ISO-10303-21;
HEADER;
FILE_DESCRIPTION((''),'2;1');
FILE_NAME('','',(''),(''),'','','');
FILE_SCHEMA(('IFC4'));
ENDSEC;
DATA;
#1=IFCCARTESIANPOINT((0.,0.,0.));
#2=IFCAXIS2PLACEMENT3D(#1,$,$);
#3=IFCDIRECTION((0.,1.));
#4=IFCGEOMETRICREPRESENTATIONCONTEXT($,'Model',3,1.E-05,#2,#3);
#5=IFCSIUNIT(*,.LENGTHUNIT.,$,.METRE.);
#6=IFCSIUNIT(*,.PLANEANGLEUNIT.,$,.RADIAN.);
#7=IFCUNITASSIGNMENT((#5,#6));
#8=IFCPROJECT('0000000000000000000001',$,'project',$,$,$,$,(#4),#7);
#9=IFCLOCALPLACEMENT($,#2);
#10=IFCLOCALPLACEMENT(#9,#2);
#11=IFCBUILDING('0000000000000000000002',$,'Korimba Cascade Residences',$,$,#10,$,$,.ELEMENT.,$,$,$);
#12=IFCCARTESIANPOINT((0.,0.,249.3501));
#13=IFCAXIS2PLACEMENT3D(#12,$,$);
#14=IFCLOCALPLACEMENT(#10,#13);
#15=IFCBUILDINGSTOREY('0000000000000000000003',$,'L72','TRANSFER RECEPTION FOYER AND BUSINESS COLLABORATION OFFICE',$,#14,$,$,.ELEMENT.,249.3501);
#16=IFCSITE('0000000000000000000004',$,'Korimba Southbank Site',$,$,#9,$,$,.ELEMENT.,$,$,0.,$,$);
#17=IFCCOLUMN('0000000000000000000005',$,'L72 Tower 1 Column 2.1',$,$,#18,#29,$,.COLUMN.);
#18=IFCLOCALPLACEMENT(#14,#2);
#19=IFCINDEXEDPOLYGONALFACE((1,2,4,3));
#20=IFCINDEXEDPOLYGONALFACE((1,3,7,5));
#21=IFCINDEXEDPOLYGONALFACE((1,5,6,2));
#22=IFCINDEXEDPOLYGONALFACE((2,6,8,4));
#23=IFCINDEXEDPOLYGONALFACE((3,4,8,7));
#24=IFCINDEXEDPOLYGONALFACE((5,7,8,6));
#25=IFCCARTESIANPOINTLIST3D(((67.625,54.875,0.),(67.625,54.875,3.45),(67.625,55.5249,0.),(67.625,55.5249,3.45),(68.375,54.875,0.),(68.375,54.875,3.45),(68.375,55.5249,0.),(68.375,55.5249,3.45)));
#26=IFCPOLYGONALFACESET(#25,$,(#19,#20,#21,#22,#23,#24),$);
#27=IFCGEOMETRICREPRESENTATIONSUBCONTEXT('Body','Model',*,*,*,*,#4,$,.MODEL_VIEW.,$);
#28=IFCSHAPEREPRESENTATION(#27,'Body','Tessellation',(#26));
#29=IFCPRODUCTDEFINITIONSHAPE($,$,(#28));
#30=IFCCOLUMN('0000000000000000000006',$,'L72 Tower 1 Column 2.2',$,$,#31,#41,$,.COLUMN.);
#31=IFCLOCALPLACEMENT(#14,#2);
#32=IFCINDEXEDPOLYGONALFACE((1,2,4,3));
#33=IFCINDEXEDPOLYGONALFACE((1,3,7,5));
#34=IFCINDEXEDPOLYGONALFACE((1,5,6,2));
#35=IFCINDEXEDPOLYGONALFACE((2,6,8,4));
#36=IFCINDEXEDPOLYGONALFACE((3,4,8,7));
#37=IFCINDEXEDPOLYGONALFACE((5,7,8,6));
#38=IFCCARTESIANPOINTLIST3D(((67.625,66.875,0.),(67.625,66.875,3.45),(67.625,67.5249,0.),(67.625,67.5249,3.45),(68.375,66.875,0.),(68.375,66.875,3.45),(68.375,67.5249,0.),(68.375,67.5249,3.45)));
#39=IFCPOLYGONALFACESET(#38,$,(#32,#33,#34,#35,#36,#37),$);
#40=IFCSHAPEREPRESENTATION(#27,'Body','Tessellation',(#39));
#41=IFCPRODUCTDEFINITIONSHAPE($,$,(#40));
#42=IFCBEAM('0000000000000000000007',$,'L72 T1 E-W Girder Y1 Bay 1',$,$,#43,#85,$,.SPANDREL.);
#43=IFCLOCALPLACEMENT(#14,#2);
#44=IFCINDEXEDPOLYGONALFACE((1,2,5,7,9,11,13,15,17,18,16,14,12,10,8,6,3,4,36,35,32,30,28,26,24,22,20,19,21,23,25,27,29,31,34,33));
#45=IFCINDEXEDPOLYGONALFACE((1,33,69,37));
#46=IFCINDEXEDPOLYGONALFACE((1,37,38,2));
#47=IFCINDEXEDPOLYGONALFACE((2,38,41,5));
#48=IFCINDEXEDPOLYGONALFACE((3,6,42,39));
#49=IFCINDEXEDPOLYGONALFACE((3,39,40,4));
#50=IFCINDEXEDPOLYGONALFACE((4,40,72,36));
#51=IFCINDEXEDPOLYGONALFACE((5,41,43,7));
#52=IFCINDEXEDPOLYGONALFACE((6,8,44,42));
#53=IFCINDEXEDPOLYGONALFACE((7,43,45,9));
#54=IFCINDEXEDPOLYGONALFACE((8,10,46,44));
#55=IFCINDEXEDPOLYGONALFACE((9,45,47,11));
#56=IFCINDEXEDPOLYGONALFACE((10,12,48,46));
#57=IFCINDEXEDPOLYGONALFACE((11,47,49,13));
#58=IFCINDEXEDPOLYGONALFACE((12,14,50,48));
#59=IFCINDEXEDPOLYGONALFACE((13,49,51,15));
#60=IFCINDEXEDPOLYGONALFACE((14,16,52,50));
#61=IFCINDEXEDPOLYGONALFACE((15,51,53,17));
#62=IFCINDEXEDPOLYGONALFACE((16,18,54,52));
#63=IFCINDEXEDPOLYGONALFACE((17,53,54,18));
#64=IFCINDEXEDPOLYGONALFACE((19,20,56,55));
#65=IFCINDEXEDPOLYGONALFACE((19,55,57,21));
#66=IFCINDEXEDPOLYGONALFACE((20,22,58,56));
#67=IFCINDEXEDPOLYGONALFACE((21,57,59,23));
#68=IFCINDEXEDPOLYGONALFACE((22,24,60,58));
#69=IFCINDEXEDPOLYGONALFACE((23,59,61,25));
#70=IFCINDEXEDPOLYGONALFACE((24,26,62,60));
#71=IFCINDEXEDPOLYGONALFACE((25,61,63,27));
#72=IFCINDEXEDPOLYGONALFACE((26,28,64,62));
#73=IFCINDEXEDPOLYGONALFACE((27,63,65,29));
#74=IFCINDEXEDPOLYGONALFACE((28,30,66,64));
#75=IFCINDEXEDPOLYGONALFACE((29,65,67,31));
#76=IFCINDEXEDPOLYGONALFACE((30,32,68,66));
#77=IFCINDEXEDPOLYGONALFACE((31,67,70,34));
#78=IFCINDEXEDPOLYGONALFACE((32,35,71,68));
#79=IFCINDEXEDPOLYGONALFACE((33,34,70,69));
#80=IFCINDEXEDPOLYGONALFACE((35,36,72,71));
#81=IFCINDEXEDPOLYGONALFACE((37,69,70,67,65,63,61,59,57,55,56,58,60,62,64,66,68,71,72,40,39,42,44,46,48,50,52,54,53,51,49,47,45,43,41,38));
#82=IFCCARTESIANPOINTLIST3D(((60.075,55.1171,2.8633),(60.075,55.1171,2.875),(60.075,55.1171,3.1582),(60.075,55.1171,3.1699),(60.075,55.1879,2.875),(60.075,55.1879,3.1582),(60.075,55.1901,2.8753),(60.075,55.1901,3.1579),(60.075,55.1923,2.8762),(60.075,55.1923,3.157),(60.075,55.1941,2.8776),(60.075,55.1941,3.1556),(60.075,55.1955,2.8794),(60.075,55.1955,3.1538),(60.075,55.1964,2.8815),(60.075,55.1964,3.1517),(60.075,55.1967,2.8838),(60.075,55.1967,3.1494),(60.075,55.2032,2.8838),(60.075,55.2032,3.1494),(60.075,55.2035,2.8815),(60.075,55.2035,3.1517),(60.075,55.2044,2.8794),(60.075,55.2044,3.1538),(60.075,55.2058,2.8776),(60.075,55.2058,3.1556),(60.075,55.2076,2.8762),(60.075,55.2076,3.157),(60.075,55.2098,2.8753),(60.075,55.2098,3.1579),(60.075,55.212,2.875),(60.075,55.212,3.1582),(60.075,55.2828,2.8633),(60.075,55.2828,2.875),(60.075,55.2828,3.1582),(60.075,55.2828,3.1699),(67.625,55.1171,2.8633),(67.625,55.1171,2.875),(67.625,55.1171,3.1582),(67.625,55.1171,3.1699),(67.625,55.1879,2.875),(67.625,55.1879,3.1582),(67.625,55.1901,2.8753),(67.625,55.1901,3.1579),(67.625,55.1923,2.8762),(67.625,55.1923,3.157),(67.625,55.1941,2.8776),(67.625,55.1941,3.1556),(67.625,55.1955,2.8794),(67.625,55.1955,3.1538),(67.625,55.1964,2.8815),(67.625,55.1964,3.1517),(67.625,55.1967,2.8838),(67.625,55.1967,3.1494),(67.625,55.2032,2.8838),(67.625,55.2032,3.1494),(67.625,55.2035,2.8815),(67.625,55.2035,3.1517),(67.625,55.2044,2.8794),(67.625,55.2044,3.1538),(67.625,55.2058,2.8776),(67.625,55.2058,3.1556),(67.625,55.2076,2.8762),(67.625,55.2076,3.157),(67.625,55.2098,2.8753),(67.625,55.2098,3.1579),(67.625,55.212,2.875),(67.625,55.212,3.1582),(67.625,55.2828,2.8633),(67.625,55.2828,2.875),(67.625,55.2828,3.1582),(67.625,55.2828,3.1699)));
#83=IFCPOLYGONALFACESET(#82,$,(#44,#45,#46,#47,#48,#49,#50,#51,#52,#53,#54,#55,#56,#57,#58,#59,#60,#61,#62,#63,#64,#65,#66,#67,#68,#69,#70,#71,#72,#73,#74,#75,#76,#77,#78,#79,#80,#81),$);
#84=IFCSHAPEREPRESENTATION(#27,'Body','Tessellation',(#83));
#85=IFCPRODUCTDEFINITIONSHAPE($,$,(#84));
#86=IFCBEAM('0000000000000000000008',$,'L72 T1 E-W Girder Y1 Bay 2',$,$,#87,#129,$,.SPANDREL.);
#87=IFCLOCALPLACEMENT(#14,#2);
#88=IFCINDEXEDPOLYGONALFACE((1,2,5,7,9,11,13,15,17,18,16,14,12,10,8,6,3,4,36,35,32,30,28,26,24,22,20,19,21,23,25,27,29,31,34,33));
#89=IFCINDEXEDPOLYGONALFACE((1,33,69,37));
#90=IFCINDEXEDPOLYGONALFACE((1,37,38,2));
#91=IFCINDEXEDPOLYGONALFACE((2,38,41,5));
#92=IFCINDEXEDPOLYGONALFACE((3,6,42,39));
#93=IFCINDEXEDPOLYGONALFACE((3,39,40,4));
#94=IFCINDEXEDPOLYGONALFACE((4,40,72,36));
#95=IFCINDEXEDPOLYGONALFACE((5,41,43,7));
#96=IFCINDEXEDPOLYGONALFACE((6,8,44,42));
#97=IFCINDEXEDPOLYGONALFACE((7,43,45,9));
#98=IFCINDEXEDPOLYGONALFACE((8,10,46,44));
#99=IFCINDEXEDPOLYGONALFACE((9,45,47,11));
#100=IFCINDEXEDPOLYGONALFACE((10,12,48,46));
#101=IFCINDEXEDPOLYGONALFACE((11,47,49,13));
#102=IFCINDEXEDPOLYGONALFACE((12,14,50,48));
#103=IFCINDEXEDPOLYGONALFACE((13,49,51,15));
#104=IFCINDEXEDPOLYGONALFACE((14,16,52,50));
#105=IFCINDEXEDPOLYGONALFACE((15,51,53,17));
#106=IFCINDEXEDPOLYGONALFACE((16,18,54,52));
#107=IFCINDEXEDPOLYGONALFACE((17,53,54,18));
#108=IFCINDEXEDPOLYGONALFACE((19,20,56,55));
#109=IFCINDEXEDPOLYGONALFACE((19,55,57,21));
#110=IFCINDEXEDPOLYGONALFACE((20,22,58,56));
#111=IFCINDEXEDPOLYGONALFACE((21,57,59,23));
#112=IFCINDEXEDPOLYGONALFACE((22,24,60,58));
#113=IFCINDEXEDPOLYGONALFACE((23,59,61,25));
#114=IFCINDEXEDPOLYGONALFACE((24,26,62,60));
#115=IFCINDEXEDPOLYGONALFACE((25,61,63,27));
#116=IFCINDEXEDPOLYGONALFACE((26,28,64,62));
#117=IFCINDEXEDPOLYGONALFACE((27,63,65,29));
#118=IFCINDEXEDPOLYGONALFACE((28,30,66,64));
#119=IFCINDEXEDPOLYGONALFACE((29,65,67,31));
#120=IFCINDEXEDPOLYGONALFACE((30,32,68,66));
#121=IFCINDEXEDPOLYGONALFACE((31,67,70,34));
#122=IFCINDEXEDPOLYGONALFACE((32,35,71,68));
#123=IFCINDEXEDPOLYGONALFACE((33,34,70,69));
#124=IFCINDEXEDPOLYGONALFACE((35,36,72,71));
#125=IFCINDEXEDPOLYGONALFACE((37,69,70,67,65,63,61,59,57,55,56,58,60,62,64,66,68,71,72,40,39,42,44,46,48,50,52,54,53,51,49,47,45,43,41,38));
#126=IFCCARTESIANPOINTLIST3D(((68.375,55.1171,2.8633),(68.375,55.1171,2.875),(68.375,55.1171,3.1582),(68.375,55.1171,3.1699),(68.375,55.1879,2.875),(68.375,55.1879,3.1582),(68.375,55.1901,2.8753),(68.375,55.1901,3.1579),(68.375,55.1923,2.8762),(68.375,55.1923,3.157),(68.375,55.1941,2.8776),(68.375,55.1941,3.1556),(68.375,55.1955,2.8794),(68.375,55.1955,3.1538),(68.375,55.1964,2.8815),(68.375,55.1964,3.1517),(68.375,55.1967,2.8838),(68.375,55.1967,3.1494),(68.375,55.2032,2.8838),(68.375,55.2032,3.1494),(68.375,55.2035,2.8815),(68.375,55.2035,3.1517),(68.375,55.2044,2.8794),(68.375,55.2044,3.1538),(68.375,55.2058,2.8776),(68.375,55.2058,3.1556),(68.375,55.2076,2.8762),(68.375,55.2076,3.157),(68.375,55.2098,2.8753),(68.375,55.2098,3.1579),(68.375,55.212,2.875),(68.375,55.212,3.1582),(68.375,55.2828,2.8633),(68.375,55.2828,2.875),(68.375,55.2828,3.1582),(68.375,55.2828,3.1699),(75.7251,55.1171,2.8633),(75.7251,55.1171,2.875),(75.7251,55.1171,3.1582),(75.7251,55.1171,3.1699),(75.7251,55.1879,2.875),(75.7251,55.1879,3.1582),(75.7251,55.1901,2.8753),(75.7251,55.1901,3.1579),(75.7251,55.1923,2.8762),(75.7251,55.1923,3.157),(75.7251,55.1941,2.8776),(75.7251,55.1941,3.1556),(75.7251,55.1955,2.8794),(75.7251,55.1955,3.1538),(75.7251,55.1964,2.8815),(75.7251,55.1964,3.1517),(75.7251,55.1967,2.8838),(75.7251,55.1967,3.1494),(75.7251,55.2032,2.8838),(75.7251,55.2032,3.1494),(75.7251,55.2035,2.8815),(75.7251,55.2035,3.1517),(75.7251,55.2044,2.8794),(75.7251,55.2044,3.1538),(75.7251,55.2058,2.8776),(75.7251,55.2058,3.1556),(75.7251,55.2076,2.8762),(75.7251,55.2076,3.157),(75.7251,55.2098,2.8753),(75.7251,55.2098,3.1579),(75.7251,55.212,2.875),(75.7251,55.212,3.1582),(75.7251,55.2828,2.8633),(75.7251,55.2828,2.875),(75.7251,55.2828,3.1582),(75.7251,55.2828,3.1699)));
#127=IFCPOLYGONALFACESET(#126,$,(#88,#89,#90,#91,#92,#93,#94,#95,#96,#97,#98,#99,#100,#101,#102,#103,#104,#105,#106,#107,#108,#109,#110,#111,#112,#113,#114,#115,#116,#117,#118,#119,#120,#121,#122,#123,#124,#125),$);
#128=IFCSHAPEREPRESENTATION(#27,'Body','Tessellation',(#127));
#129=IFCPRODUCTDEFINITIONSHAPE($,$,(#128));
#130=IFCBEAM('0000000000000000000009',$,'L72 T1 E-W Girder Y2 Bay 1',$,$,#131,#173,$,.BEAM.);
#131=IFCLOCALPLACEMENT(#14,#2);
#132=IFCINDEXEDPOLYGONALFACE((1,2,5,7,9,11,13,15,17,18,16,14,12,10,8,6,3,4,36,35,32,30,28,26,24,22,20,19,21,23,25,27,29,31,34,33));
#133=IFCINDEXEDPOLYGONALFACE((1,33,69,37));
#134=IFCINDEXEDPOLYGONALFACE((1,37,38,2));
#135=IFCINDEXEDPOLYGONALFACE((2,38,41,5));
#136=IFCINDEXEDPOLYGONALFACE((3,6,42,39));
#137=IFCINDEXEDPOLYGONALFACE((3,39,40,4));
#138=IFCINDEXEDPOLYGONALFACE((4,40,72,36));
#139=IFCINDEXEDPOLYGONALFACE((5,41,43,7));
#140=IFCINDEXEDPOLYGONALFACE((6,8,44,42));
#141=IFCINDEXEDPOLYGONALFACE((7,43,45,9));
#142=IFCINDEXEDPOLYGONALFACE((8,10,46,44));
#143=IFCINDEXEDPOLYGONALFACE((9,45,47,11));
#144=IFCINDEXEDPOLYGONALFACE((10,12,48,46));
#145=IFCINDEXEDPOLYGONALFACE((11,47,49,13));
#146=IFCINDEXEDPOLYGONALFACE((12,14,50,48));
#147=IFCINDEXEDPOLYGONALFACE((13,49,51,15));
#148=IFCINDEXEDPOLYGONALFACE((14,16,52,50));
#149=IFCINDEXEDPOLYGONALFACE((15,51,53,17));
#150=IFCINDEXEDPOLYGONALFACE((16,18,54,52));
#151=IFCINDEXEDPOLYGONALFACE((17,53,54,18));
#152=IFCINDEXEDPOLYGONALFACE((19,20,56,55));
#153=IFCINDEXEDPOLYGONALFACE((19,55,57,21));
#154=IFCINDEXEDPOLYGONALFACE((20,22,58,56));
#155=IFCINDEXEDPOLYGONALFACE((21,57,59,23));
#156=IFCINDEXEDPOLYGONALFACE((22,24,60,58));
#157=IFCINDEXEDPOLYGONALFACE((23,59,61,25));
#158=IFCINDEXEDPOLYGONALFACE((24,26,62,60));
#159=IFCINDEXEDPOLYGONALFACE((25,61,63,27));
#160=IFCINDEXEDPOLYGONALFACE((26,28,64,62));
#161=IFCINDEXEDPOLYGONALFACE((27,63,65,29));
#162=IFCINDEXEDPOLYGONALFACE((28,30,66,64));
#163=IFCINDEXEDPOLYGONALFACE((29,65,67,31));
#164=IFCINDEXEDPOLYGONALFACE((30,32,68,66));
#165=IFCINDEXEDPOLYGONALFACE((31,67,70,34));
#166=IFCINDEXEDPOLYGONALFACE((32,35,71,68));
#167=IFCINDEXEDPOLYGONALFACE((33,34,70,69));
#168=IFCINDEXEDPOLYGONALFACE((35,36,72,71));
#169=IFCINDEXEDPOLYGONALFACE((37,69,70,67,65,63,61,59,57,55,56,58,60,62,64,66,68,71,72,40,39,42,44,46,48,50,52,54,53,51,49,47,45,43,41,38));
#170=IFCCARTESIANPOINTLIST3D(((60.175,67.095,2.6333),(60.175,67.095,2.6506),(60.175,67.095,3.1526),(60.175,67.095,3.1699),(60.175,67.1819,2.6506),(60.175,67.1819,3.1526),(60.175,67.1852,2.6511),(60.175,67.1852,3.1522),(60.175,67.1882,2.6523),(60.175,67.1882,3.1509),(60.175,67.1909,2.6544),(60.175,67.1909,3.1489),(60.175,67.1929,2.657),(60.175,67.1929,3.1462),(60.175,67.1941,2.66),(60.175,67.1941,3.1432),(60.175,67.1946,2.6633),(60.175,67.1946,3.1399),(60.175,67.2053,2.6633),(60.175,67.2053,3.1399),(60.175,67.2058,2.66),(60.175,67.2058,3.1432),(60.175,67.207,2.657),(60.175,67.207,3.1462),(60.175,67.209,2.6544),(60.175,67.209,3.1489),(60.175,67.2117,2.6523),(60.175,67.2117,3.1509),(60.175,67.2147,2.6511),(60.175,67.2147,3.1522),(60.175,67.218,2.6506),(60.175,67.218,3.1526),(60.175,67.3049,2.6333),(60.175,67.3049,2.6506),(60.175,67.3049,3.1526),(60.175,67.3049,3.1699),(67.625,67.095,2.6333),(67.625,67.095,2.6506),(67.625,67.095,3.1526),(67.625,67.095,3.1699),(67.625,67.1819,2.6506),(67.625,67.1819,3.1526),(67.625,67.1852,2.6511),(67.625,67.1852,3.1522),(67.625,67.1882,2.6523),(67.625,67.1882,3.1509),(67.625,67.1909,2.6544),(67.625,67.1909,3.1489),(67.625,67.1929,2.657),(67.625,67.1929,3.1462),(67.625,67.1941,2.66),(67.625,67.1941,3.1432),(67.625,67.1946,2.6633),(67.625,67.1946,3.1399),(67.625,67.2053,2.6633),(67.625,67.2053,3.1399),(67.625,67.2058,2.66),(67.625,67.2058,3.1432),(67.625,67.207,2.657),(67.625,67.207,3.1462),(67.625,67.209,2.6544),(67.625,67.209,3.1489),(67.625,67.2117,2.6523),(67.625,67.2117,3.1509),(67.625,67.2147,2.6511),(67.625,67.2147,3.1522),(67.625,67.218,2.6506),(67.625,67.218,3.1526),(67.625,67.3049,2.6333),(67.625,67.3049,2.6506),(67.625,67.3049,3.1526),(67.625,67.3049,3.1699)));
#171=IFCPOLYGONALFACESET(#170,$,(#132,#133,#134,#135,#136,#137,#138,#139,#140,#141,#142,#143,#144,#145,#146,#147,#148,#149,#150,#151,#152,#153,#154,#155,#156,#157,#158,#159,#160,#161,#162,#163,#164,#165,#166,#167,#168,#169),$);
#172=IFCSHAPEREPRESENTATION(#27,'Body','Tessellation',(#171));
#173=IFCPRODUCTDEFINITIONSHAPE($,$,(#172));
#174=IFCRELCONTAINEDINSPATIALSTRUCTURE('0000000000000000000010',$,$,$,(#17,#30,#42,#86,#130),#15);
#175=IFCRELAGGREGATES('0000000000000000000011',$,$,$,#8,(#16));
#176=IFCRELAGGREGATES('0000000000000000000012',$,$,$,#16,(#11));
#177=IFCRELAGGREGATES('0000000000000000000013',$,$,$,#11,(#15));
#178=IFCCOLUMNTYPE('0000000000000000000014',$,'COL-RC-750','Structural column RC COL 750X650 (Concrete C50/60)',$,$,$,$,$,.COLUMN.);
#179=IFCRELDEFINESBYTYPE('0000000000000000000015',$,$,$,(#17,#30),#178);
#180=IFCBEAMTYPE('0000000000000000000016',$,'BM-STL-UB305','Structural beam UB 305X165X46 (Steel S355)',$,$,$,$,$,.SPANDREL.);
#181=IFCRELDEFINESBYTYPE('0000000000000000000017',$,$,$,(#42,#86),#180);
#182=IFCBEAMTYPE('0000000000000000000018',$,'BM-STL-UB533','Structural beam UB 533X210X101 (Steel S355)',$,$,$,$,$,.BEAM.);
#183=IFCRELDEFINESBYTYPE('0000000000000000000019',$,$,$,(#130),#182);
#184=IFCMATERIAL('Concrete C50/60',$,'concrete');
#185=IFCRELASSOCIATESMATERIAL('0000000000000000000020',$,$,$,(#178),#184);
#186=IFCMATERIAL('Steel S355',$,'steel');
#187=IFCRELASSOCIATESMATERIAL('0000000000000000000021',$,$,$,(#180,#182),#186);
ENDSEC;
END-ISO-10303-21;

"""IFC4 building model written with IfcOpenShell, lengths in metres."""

from ifc_helpers import new_model, si_unit, direction, frame, origin, origin_2d, place, context, subcontext, project, spatial, rectangle, i_section, extrude, material, material_profile, profile_set, type_object, element, save


model = new_model("IFC4")

# Units and contexts
model_context = context("Model", 3, precision=1e-05, world=origin(), true_north=direction((0.0, 1.0)))
body_context = subcontext(model_context, "Body", "Model", "MODEL_VIEW")
ifc_project = project(units=[si_unit("LENGTHUNIT", "METRE"), si_unit("PLANEANGLEUNIT", "RADIAN")], contexts=[model_context])

# Site, building, storey
site_placement = place(None, origin())
site = spatial("IfcSite", under=ifc_project, at=site_placement, Name="Korimba Southbank Site", CompositionType="ELEMENT", RefElevation=0.0)
building_placement = place(site_placement, origin())
building = spatial("IfcBuilding", under=site, at=building_placement, Name="Korimba Cascade Residences", CompositionType="ELEMENT")
storey_placement = place(building_placement, frame((0.0, 0.0, 249.3501)))
storey = spatial("IfcBuildingStorey", under=building, at=storey_placement, Name="L72", Description="TRANSFER RECEPTION FOYER AND BUSINESS COLLABORATION OFFICE", CompositionType="ELEMENT", Elevation=249.3501)

# Columns
ifc_material_1 = material(Name="Concrete C50/60", Category="concrete")
ifc_material_profile_1 = material_profile(ifc_material_1, rectangle(XDim=0.75, YDim=0.6499, at=origin_2d()), Name="Concrete C50/60")
ifc_profile_set_1 = profile_set([ifc_material_profile_1], Name="Concrete C50/60")
column_type = type_object("IfcColumnType", Name="COL-RC-750", Description="Structural column RC COL 750X650 (Concrete C50/60)", PredefinedType="COLUMN", material=ifc_profile_set_1)
for number, where, z_axis, x_axis, name in (
    (1, (68.0, 55.2, 0.0), (0.0, 0.0, 1.0), (1.0, 0.0, 0.0), "L72 Tower 1 Column 2.1"),
    (2, (68.0, 67.2, 0.0), (0.0, 0.0, 1.0), (1.0, 0.0, 0.0), "L72 Tower 1 Column 2.2"),
):
    element("IfcColumn", number, at=place(storey_placement, frame(where, z_axis=z_axis, x_axis=x_axis)), inside=storey, type_object=column_type, Name=name, PredefinedType="COLUMN", context=body_context, shape_type="SweptSolid", body=[
        extrude(rectangle(XDim=0.75, YDim=0.6499, at=origin_2d()), origin(), (0.0, 0.0, 1.0), 3.45),
    ])

# Beams
ifc_material_2 = material(Name="Steel S355", Category="steel")
ifc_material_profile_2 = material_profile(ifc_material_2, i_section(OverallWidth=0.1658, OverallDepth=0.3066, WebThickness=0.0066, FlangeThickness=0.0117, FilletRadius=0.0088, at=origin_2d()), Name="Steel S355")
ifc_profile_set_2 = profile_set([ifc_material_profile_2], Name="Steel S355")
beam_type_1 = type_object("IfcBeamType", Name="BM-STL-UB305", Description="Structural beam UB 305X165X46 (Steel S355)", PredefinedType="SPANDREL", material=ifc_profile_set_2)
beam_1_placement = place(storey_placement, frame((60.075, 55.2, 3.0166), z_axis=(1.0, 0.0, 0.0), x_axis=(0.0, 1.0, 0.0)))
element("IfcBeam", 3, at=beam_1_placement, inside=storey, type_object=beam_type_1, Name="L72 T1 E-W Girder Y1 Bay 1", PredefinedType="SPANDREL", context=body_context, shape_type="SweptSolid", body=[
    extrude(i_section(OverallWidth=0.1658, OverallDepth=0.3066, WebThickness=0.0066, FlangeThickness=0.0117, FilletRadius=0.0088, at=origin_2d()), origin(), (0.0, 0.0, 1.0), 7.55),
])
beam_2_placement = place(storey_placement, frame((68.375, 55.2, 3.0166), z_axis=(1.0, 0.0, 0.0), x_axis=(0.0, 1.0, 0.0)))
element("IfcBeam", 4, at=beam_2_placement, inside=storey, type_object=beam_type_1, Name="L72 T1 E-W Girder Y1 Bay 2", PredefinedType="SPANDREL", context=body_context, shape_type="SweptSolid", body=[
    extrude(i_section(OverallWidth=0.1658, OverallDepth=0.3066, WebThickness=0.0066, FlangeThickness=0.0117, FilletRadius=0.0088, at=origin_2d()), origin(), (0.0, 0.0, 1.0), 7.3501),
])
ifc_material_profile_3 = material_profile(ifc_material_2, i_section(OverallWidth=0.21, OverallDepth=0.5366, WebThickness=0.0107, FlangeThickness=0.0173, FilletRadius=0.0127, at=origin_2d()), Name="Steel S355")
ifc_profile_set_3 = profile_set([ifc_material_profile_3], Name="Steel S355")
beam_type_2 = type_object("IfcBeamType", Name="BM-STL-UB533", Description="Structural beam UB 533X210X101 (Steel S355)", PredefinedType="BEAM", material=ifc_profile_set_3)
beam_3_placement = place(storey_placement, frame((60.175, 67.2, 2.9016), z_axis=(1.0, 0.0, 0.0), x_axis=(0.0, 1.0, 0.0)))
element("IfcBeam", 5, at=beam_3_placement, inside=storey, type_object=beam_type_2, Name="L72 T1 E-W Girder Y2 Bay 1", PredefinedType="BEAM", context=body_context, shape_type="SweptSolid", body=[
    extrude(i_section(OverallWidth=0.21, OverallDepth=0.5366, WebThickness=0.0107, FlangeThickness=0.0173, FilletRadius=0.0127, at=origin_2d()), origin(), (0.0, 0.0, 1.0), 7.45),
])

save(model, "model.ifc")
